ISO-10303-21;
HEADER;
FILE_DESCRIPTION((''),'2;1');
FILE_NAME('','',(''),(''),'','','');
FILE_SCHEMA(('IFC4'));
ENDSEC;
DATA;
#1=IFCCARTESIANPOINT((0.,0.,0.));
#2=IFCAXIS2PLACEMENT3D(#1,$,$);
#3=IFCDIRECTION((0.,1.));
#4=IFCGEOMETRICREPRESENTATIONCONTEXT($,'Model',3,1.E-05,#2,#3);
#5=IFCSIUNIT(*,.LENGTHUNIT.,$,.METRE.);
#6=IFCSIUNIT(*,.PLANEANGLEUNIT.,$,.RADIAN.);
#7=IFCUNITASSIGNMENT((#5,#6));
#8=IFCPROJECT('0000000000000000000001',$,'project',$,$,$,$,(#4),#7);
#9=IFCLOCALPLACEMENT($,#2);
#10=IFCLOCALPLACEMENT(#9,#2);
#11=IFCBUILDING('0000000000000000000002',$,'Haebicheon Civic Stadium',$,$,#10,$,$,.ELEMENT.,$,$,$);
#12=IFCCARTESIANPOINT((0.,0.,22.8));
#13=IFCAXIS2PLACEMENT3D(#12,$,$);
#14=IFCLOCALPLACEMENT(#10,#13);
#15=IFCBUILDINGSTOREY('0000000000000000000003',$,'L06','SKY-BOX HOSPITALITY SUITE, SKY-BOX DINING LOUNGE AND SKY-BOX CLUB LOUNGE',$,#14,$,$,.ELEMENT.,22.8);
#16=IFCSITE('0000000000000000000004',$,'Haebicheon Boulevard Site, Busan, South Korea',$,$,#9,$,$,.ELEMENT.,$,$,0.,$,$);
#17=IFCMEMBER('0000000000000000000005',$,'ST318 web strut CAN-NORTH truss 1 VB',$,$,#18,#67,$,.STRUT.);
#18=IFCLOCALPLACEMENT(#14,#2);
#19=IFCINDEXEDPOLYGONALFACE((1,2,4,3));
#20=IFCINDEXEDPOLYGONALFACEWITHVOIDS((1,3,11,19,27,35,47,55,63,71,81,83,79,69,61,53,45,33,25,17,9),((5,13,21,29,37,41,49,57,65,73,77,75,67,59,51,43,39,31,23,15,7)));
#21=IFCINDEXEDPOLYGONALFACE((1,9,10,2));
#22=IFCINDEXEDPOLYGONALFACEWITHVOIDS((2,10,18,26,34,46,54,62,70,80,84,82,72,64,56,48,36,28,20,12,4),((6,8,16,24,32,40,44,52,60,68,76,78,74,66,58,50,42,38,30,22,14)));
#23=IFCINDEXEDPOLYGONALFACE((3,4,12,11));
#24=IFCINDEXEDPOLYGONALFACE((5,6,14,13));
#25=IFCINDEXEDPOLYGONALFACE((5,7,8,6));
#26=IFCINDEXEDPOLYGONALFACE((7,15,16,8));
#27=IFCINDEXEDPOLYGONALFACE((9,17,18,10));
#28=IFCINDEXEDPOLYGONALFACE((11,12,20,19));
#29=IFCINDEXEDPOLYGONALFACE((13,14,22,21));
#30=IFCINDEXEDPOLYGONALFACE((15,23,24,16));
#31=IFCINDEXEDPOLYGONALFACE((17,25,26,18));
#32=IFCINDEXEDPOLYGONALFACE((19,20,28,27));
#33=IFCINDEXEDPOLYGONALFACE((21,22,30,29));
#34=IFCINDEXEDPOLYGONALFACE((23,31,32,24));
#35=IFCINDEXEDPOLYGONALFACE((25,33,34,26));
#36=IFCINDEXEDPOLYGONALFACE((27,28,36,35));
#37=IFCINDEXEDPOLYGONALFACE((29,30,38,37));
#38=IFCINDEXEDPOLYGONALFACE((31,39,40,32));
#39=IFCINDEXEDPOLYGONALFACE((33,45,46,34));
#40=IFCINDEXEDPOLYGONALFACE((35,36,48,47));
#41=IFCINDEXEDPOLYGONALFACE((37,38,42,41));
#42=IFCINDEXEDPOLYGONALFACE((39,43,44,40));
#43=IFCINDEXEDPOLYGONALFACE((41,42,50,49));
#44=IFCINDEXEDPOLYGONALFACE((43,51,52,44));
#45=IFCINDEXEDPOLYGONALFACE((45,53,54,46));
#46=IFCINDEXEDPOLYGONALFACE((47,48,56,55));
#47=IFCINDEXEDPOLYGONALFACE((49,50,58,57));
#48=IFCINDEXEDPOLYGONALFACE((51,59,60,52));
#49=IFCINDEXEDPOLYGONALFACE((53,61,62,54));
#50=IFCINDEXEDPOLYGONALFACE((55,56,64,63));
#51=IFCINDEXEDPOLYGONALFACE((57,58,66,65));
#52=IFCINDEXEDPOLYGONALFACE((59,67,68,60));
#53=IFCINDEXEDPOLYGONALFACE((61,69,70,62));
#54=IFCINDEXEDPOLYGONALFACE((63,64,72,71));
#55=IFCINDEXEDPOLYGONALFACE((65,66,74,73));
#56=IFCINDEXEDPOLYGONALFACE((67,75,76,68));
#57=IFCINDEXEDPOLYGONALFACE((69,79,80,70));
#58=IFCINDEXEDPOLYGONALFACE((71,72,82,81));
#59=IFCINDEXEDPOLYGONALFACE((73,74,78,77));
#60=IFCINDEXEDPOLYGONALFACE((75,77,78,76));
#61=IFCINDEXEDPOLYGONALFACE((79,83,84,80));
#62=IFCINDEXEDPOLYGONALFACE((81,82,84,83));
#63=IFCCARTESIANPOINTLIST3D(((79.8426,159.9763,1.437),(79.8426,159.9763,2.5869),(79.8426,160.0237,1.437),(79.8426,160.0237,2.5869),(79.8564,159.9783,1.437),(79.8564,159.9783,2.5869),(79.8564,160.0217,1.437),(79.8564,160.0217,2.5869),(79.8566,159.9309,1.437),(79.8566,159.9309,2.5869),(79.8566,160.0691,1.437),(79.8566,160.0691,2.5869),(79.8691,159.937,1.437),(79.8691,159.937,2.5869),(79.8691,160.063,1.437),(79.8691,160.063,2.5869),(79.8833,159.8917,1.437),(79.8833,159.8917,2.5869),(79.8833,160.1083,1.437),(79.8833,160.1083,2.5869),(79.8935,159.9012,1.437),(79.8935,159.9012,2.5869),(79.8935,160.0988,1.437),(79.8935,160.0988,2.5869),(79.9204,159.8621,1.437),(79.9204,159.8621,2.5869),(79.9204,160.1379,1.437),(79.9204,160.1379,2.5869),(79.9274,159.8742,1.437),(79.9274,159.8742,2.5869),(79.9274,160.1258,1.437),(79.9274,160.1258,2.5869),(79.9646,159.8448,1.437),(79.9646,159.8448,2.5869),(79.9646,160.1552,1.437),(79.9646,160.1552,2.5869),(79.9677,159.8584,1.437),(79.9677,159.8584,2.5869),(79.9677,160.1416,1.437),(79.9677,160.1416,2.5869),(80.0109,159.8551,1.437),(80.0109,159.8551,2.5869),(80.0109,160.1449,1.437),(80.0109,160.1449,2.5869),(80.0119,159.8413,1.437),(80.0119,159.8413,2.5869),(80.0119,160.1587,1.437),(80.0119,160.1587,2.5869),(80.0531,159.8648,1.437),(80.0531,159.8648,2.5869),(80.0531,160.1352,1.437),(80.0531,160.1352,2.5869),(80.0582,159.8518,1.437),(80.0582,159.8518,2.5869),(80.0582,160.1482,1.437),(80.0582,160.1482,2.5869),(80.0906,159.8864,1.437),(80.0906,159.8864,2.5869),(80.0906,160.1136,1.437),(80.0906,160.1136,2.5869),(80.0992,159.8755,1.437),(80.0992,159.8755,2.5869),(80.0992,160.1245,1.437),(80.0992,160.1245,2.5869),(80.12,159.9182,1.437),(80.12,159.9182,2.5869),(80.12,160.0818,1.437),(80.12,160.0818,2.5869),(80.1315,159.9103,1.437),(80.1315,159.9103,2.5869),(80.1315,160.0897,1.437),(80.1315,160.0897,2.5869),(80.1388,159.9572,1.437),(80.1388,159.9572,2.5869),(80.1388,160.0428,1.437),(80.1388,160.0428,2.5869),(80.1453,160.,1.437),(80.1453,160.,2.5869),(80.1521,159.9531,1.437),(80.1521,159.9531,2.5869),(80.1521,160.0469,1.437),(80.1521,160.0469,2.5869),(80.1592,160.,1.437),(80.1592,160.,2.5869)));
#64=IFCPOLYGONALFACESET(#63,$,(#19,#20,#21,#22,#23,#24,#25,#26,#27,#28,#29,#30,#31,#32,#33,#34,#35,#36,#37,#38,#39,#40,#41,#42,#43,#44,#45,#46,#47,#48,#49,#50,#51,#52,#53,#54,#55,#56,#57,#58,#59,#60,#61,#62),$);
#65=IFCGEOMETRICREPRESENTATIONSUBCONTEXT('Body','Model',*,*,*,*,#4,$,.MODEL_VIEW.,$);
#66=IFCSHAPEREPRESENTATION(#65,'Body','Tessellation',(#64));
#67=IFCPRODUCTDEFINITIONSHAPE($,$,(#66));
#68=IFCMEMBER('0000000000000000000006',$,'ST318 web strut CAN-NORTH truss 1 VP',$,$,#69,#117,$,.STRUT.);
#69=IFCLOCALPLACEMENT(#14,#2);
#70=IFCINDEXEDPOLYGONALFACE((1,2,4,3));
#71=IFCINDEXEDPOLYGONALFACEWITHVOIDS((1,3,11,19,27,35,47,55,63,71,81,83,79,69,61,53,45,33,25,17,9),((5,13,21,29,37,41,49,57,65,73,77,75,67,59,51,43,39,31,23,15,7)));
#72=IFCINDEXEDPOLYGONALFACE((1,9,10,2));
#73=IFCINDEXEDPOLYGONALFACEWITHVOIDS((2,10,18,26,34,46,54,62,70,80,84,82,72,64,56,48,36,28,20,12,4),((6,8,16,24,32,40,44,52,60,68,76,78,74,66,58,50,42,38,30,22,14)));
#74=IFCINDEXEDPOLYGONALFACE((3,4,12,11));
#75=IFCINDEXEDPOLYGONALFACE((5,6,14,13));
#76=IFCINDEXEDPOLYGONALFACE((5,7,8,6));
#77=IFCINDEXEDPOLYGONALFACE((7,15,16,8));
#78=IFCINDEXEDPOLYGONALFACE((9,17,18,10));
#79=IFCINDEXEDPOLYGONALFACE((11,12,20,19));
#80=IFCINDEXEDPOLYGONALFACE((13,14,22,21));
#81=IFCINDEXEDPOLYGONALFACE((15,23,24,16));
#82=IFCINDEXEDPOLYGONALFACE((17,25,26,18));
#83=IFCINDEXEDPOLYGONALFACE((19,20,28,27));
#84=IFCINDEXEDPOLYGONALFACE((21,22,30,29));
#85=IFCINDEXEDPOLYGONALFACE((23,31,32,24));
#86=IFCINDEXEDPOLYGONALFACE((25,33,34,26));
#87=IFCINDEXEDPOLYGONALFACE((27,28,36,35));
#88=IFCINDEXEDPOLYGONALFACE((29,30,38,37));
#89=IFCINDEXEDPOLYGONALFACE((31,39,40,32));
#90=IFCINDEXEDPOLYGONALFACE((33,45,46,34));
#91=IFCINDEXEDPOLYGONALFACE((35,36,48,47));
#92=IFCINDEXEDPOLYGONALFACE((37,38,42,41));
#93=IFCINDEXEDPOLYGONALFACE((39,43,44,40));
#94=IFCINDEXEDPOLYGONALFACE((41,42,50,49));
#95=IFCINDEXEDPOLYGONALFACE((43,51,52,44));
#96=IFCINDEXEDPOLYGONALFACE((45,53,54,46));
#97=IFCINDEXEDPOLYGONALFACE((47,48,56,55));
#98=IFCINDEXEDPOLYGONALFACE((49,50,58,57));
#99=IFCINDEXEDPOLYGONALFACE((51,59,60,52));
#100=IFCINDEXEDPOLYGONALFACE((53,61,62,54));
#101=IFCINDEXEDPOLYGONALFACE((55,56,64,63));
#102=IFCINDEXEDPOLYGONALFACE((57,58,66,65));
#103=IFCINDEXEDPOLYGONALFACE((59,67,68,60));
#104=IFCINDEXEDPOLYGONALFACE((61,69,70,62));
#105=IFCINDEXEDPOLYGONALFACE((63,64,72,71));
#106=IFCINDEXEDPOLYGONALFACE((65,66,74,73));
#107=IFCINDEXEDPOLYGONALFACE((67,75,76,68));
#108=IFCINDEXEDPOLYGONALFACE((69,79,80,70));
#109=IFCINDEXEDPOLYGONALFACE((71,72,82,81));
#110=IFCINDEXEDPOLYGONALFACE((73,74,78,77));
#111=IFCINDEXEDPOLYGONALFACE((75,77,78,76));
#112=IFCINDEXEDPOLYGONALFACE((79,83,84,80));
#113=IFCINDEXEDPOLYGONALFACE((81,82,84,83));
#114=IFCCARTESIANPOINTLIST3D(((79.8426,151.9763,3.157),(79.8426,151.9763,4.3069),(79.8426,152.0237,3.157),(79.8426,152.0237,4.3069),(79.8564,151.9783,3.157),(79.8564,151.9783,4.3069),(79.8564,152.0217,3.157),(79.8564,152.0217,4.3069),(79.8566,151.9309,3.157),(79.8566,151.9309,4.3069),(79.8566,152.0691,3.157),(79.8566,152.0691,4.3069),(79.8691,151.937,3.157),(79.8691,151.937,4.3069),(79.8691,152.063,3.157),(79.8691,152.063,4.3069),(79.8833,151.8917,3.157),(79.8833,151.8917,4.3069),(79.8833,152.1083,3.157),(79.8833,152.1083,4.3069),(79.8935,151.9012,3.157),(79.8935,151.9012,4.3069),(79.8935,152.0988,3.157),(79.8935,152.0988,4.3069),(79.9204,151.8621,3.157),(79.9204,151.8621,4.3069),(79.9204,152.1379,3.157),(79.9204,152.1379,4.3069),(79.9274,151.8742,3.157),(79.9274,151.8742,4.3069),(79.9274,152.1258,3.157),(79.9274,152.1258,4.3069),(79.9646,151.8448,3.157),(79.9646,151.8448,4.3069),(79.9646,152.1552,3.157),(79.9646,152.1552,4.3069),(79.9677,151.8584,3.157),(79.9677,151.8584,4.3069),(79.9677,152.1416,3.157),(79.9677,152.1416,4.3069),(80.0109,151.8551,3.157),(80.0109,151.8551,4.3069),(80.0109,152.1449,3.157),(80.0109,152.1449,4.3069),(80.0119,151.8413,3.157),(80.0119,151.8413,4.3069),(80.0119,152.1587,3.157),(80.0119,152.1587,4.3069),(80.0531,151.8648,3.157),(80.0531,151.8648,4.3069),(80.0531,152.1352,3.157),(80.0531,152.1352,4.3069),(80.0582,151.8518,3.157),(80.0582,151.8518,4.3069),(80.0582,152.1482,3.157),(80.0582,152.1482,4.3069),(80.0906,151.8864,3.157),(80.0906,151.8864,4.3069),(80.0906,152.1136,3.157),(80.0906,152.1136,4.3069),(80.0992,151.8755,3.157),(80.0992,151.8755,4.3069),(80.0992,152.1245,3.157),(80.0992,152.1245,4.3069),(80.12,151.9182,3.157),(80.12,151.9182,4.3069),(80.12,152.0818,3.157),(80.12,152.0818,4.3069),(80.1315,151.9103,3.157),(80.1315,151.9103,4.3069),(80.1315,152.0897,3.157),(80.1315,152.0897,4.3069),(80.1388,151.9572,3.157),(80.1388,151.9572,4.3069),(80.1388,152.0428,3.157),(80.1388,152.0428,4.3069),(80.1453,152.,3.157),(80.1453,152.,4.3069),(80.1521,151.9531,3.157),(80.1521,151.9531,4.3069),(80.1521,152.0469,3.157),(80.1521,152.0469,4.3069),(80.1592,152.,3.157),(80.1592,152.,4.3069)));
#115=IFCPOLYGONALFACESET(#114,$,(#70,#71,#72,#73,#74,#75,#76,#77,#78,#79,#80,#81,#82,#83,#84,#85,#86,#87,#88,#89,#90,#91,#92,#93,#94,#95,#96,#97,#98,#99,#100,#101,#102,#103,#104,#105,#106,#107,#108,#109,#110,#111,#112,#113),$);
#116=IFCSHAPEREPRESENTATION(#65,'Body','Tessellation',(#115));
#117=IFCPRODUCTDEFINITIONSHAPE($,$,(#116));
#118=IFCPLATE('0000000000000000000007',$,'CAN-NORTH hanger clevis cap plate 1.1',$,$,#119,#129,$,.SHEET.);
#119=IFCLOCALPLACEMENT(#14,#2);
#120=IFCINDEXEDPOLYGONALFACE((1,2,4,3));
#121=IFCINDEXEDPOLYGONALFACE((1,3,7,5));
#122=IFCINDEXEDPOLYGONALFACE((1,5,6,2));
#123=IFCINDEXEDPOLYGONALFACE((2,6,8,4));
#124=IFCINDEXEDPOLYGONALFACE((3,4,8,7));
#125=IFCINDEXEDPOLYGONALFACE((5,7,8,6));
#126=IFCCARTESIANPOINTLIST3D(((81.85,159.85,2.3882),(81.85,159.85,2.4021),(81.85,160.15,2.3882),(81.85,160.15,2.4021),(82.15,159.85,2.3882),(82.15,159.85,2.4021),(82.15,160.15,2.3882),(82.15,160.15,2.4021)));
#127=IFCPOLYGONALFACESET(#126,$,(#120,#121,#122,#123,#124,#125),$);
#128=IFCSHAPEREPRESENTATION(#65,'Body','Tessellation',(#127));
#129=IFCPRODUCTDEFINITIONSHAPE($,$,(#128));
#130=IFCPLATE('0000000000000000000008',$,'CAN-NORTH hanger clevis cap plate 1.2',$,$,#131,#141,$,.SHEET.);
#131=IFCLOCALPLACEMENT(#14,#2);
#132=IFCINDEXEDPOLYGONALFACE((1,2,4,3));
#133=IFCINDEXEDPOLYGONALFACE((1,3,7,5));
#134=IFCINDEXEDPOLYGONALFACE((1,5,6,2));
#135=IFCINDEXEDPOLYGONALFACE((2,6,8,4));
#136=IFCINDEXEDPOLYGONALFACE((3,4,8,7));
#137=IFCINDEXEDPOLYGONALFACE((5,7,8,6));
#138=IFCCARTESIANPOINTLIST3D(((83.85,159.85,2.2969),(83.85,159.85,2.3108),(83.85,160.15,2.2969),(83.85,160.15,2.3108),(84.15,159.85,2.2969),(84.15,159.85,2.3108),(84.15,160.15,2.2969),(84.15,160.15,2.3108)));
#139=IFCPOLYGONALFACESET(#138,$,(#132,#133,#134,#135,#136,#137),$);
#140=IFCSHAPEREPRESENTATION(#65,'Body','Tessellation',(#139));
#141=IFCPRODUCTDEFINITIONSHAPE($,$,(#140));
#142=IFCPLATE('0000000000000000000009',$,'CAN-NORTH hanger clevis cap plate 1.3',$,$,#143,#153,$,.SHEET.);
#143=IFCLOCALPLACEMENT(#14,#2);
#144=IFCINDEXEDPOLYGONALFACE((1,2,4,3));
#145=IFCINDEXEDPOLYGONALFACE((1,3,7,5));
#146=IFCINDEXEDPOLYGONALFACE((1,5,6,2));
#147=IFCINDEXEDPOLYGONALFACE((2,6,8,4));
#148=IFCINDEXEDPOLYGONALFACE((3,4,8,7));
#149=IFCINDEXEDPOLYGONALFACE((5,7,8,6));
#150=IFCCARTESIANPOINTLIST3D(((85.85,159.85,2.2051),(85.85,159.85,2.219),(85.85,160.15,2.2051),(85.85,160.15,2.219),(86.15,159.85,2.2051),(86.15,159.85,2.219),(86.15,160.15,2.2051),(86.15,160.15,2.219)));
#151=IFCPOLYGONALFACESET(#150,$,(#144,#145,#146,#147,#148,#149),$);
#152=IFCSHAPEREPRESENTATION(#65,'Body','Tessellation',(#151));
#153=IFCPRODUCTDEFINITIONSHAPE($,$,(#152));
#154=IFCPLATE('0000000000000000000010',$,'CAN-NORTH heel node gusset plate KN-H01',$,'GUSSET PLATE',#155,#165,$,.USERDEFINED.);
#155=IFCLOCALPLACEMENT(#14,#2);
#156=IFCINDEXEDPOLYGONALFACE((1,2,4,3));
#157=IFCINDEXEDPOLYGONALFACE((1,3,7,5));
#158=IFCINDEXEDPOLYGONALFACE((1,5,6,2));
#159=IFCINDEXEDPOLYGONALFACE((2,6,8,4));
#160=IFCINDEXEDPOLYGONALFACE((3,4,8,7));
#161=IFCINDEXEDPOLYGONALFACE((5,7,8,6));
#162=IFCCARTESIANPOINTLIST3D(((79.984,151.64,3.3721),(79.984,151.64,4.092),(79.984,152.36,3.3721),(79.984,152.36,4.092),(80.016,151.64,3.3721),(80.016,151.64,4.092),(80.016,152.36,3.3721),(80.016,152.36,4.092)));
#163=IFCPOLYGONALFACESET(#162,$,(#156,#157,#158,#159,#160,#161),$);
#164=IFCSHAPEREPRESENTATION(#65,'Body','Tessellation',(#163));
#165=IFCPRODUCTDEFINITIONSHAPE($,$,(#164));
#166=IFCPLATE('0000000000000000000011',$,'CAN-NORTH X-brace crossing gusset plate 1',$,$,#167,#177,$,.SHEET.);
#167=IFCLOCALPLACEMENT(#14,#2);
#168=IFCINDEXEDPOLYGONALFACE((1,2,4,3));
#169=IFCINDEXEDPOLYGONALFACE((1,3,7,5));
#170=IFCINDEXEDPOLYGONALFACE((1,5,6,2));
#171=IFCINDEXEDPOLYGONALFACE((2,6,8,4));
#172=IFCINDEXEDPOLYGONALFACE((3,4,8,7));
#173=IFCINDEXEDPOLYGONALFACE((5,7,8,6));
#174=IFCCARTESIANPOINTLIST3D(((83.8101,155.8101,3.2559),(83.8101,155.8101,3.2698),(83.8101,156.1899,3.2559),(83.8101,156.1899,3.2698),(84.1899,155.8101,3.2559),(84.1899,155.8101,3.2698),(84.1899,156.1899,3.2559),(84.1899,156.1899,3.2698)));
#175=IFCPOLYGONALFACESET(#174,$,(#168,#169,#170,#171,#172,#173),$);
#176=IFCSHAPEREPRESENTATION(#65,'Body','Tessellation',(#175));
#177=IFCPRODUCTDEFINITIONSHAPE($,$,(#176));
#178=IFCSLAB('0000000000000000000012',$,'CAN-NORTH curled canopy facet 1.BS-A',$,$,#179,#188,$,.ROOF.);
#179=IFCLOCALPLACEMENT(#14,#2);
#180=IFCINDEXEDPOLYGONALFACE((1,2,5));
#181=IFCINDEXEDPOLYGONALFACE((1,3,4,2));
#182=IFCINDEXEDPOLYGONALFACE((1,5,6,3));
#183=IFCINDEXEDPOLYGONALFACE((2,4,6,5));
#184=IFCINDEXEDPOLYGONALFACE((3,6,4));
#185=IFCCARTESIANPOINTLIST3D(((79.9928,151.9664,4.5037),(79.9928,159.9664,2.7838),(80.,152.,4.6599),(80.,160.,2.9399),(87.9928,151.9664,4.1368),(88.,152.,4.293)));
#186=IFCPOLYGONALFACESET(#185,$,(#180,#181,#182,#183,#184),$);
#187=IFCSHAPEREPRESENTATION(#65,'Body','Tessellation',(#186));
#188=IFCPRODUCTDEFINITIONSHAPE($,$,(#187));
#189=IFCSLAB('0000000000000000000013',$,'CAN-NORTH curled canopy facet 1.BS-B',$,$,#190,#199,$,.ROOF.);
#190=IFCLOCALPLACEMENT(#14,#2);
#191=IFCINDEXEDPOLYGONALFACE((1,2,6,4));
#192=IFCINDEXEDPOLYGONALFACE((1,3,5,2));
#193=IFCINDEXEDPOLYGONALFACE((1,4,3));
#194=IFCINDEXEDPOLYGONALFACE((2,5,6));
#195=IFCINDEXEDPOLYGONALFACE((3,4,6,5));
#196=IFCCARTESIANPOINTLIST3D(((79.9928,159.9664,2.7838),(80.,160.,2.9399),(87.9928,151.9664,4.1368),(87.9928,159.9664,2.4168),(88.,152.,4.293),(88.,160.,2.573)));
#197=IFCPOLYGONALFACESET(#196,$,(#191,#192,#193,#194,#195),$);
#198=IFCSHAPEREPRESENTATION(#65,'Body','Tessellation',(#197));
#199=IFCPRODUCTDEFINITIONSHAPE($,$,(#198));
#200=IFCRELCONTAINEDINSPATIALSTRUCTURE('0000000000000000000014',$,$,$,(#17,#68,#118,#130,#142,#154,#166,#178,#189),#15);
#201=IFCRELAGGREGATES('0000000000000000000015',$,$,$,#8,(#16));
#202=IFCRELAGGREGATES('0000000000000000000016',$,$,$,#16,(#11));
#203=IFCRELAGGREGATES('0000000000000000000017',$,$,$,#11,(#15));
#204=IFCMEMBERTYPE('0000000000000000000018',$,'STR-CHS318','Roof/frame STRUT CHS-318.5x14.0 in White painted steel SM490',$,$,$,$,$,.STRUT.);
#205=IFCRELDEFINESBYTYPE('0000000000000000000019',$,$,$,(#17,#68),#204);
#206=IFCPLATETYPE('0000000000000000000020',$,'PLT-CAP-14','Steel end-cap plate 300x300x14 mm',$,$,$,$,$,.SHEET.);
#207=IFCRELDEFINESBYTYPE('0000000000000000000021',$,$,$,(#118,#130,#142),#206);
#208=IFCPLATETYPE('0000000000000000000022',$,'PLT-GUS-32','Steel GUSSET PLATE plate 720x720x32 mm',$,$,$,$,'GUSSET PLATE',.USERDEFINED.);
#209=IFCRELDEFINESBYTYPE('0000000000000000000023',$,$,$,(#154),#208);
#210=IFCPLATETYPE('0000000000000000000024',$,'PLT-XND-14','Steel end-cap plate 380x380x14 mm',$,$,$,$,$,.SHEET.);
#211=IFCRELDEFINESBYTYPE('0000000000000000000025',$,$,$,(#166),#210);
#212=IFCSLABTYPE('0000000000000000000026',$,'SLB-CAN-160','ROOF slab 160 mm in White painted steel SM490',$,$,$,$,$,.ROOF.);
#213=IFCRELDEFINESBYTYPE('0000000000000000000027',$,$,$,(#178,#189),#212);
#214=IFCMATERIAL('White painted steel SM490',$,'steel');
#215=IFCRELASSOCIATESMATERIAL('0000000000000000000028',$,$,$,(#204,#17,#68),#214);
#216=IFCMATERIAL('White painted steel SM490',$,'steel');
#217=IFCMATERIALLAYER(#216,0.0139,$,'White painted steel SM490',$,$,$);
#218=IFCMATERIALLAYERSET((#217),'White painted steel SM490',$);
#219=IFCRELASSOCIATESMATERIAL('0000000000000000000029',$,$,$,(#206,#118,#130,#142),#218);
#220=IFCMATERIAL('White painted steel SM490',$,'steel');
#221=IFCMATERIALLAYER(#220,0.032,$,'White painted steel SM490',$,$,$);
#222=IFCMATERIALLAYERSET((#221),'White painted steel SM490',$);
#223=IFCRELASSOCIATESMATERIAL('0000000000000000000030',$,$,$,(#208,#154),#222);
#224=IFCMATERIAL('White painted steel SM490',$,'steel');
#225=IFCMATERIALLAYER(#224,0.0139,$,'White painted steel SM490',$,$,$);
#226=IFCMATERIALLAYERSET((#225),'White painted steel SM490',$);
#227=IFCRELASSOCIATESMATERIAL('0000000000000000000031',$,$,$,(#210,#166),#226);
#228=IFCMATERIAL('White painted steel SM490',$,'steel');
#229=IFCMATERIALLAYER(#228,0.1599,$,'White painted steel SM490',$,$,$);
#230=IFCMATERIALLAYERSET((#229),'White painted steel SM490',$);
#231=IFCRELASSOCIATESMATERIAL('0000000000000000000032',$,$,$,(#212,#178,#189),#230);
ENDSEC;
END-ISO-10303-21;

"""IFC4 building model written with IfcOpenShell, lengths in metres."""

from ifc_helpers import new_model, si_unit, direction, frame, origin, origin_2d, place, context, subcontext, project, spatial, polyline, rectangle, hollow_circle, outline, extrude, material, layer, layer_set, material_profile, profile_set, type_object, element, save


model = new_model("IFC4")

# Units and contexts
model_context = context("Model", 3, precision=1e-05, world=origin(), true_north=direction((0.0, 1.0)))
body_context = subcontext(model_context, "Body", "Model", "MODEL_VIEW")
ifc_project = project(units=[si_unit("LENGTHUNIT", "METRE"), si_unit("PLANEANGLEUNIT", "RADIAN")], contexts=[model_context])

# Site, building, storey
site_placement = place(None, origin())
site = spatial("IfcSite", under=ifc_project, at=site_placement, Name="Haebicheon Boulevard Site, Busan, South Korea", CompositionType="ELEMENT", RefElevation=0.0)
building_placement = place(site_placement, origin())
building = spatial("IfcBuilding", under=site, at=building_placement, Name="Haebicheon Civic Stadium", CompositionType="ELEMENT")
storey_placement = place(building_placement, frame((0.0, 0.0, 22.8)))
storey = spatial("IfcBuildingStorey", under=building, at=storey_placement, Name="L06", Description="SKY-BOX HOSPITALITY SUITE, SKY-BOX DINING LOUNGE AND SKY-BOX CLUB LOUNGE", CompositionType="ELEMENT", Elevation=22.8)

# Members
ifc_material_1 = material(Name="White painted steel SM490", Category="steel")
ifc_material_profile_1 = material_profile(ifc_material_1, hollow_circle(Radius=0.1592, WallThickness=0.0139, at=origin_2d()), Name="CHS-318.5x14.0")
ifc_profile_set_1 = profile_set([ifc_material_profile_1], Name="White painted steel SM490")
member_type_1 = type_object("IfcMemberType", Name="STR-CHS318", Description="Roof/frame STRUT CHS-318.5x14.0 in White painted steel SM490", PredefinedType="STRUT", material=ifc_profile_set_1)
for number, where, z_axis, x_axis, name in (
    (1, (80.0, 160.0, 1.437), (0.0, 0.0, 1.0), (1.0, 0.0, 0.0), "ST318 web strut CAN-NORTH truss 1 VB"),
    (2, (80.0, 152.0, 3.157), (0.0, 0.0, 1.0), (1.0, 0.0, 0.0), "ST318 web strut CAN-NORTH truss 1 VP"),
):
    element("IfcMember", number, at=place(storey_placement, frame(where, z_axis=z_axis, x_axis=x_axis)), inside=storey, type_object=member_type_1, material=ifc_profile_set_1, Name=name, PredefinedType="STRUT", context=body_context, shape_type="SweptSolid", body=[
        extrude(hollow_circle(Radius=0.1592, WallThickness=0.0139, at=origin_2d()), origin(), (0.0, 0.0, 1.0), 1.1499),
    ])

# Plates
ifc_material_2 = material(Name="White painted steel SM490", Category="steel")
ifc_layer_1 = layer(ifc_material_2, 0.0139, Name="White painted steel SM490")
ifc_layer_set_1 = layer_set([ifc_layer_1], Name="White painted steel SM490")
plate_type_1 = type_object("IfcPlateType", Name="PLT-CAP-14", Description="Steel end-cap plate 300x300x14 mm", PredefinedType="SHEET", material=ifc_layer_set_1)
for number, where, z_axis, x_axis, name in (
    (3, (82.0, 160.0, 2.3882), (0.0, 0.0, 1.0), (1.0, 0.0, 0.0), "CAN-NORTH hanger clevis cap plate 1.1"),
    (4, (84.0, 160.0, 2.2969), (0.0, 0.0, 1.0), (1.0, 0.0, 0.0), "CAN-NORTH hanger clevis cap plate 1.2"),
    (5, (86.0, 160.0, 2.2051), (0.0, 0.0, 1.0), (1.0, 0.0, 0.0), "CAN-NORTH hanger clevis cap plate 1.3"),
):
    element("IfcPlate", number, at=place(storey_placement, frame(where, z_axis=z_axis, x_axis=x_axis)), inside=storey, type_object=plate_type_1, material=ifc_layer_set_1, Name=name, PredefinedType="SHEET", context=body_context, shape_type="SweptSolid", body=[
        extrude(rectangle(XDim=0.3, YDim=0.3, at=origin_2d()), origin(), (0.0, 0.0, 1.0), 0.0139),
    ])
ifc_material_3 = material(Name="White painted steel SM490", Category="steel")
ifc_layer_2 = layer(ifc_material_3, 0.032, Name="White painted steel SM490")
ifc_layer_set_2 = layer_set([ifc_layer_2], Name="White painted steel SM490")
plate_type_2 = type_object("IfcPlateType", Name="PLT-GUS-32", Description="Steel GUSSET PLATE plate 720x720x32 mm", ElementType="GUSSET PLATE", PredefinedType="USERDEFINED", material=ifc_layer_set_2)
plate_1_placement = place(storey_placement, frame((80.0, 152.0, 3.3721), z_axis=(0.0, 0.0, 1.0), x_axis=(0.0, 1.0, 0.0)))
element("IfcPlate", 6, at=plate_1_placement, inside=storey, type_object=plate_type_2, material=ifc_layer_set_2, Name="CAN-NORTH heel node gusset plate KN-H01", ObjectType="GUSSET PLATE", PredefinedType="USERDEFINED", context=body_context, shape_type="SweptSolid", body=[
    extrude(rectangle(XDim=0.72, YDim=0.032, at=origin_2d()), origin(), (0.0, 0.0, 1.0), 0.72),
])
ifc_material_4 = material(Name="White painted steel SM490", Category="steel")
ifc_layer_3 = layer(ifc_material_4, 0.0139, Name="White painted steel SM490")
ifc_layer_set_3 = layer_set([ifc_layer_3], Name="White painted steel SM490")
plate_type_3 = type_object("IfcPlateType", Name="PLT-XND-14", Description="Steel end-cap plate 380x380x14 mm", PredefinedType="SHEET", material=ifc_layer_set_3)
plate_2_placement = place(storey_placement, frame((84.0, 156.0, 3.2559), z_axis=(0.0, 0.0, 1.0), x_axis=(1.0, 0.0, 0.0)))
element("IfcPlate", 7, at=plate_2_placement, inside=storey, type_object=plate_type_3, material=ifc_layer_set_3, Name="CAN-NORTH X-brace crossing gusset plate 1", PredefinedType="SHEET", context=body_context, shape_type="SweptSolid", body=[
    extrude(rectangle(XDim=0.3799, YDim=0.3799, at=origin_2d()), origin(), (0.0, 0.0, 1.0), 0.0139),
])

# Slabs
ifc_material_5 = material(Name="White painted steel SM490", Category="steel")
ifc_layer_4 = layer(ifc_material_5, 0.1599, Name="White painted steel SM490")
ifc_layer_set_4 = layer_set([ifc_layer_4], Name="White painted steel SM490")
slab_type = type_object("IfcSlabType", Name="SLB-CAN-160", Description="ROOF slab 160 mm in White painted steel SM490", PredefinedType="ROOF", material=ifc_layer_set_4)
slab_1_placement = place(storey_placement, frame((80.0, 160.0, 2.9399), z_axis=(0.044798, 0.209982, 0.976678), x_axis=(0.0, -0.97766, 0.210193)))
element("IfcSlab", 8, at=slab_1_placement, inside=storey, type_object=slab_type, material=ifc_layer_set_4, Name="CAN-NORTH curled canopy facet 1.BS-A", PredefinedType="ROOF", context=body_context, shape_type="SweptSolid", body=[
    extrude(outline(polyline([(0.0, 0.0), (8.1828, 0.0), (8.1057, 8.008), (0.0, 0.0)])), origin(), (0.0, 0.0, -1.0), 0.1599),
])
slab_2_placement = place(storey_placement, frame((80.0, 160.0, 2.9399), z_axis=(0.044798, 0.209982, 0.976678), x_axis=(0.702104, -0.702104, 0.118746)))
element("IfcSlab", 9, at=slab_2_placement, inside=storey, type_object=slab_type, material=ifc_layer_set_4, Name="CAN-NORTH curled canopy facet 1.BS-B", PredefinedType="ROOF", context=body_context, shape_type="SweptSolid", body=[
    extrude(outline(polyline([(0.0, 0.0), (11.3943, 0.0), (5.5733, 5.751), (0.0, 0.0)])), origin(), (0.0, 0.0, -1.0), 0.1599),
])

save(model, "model.ifc")
